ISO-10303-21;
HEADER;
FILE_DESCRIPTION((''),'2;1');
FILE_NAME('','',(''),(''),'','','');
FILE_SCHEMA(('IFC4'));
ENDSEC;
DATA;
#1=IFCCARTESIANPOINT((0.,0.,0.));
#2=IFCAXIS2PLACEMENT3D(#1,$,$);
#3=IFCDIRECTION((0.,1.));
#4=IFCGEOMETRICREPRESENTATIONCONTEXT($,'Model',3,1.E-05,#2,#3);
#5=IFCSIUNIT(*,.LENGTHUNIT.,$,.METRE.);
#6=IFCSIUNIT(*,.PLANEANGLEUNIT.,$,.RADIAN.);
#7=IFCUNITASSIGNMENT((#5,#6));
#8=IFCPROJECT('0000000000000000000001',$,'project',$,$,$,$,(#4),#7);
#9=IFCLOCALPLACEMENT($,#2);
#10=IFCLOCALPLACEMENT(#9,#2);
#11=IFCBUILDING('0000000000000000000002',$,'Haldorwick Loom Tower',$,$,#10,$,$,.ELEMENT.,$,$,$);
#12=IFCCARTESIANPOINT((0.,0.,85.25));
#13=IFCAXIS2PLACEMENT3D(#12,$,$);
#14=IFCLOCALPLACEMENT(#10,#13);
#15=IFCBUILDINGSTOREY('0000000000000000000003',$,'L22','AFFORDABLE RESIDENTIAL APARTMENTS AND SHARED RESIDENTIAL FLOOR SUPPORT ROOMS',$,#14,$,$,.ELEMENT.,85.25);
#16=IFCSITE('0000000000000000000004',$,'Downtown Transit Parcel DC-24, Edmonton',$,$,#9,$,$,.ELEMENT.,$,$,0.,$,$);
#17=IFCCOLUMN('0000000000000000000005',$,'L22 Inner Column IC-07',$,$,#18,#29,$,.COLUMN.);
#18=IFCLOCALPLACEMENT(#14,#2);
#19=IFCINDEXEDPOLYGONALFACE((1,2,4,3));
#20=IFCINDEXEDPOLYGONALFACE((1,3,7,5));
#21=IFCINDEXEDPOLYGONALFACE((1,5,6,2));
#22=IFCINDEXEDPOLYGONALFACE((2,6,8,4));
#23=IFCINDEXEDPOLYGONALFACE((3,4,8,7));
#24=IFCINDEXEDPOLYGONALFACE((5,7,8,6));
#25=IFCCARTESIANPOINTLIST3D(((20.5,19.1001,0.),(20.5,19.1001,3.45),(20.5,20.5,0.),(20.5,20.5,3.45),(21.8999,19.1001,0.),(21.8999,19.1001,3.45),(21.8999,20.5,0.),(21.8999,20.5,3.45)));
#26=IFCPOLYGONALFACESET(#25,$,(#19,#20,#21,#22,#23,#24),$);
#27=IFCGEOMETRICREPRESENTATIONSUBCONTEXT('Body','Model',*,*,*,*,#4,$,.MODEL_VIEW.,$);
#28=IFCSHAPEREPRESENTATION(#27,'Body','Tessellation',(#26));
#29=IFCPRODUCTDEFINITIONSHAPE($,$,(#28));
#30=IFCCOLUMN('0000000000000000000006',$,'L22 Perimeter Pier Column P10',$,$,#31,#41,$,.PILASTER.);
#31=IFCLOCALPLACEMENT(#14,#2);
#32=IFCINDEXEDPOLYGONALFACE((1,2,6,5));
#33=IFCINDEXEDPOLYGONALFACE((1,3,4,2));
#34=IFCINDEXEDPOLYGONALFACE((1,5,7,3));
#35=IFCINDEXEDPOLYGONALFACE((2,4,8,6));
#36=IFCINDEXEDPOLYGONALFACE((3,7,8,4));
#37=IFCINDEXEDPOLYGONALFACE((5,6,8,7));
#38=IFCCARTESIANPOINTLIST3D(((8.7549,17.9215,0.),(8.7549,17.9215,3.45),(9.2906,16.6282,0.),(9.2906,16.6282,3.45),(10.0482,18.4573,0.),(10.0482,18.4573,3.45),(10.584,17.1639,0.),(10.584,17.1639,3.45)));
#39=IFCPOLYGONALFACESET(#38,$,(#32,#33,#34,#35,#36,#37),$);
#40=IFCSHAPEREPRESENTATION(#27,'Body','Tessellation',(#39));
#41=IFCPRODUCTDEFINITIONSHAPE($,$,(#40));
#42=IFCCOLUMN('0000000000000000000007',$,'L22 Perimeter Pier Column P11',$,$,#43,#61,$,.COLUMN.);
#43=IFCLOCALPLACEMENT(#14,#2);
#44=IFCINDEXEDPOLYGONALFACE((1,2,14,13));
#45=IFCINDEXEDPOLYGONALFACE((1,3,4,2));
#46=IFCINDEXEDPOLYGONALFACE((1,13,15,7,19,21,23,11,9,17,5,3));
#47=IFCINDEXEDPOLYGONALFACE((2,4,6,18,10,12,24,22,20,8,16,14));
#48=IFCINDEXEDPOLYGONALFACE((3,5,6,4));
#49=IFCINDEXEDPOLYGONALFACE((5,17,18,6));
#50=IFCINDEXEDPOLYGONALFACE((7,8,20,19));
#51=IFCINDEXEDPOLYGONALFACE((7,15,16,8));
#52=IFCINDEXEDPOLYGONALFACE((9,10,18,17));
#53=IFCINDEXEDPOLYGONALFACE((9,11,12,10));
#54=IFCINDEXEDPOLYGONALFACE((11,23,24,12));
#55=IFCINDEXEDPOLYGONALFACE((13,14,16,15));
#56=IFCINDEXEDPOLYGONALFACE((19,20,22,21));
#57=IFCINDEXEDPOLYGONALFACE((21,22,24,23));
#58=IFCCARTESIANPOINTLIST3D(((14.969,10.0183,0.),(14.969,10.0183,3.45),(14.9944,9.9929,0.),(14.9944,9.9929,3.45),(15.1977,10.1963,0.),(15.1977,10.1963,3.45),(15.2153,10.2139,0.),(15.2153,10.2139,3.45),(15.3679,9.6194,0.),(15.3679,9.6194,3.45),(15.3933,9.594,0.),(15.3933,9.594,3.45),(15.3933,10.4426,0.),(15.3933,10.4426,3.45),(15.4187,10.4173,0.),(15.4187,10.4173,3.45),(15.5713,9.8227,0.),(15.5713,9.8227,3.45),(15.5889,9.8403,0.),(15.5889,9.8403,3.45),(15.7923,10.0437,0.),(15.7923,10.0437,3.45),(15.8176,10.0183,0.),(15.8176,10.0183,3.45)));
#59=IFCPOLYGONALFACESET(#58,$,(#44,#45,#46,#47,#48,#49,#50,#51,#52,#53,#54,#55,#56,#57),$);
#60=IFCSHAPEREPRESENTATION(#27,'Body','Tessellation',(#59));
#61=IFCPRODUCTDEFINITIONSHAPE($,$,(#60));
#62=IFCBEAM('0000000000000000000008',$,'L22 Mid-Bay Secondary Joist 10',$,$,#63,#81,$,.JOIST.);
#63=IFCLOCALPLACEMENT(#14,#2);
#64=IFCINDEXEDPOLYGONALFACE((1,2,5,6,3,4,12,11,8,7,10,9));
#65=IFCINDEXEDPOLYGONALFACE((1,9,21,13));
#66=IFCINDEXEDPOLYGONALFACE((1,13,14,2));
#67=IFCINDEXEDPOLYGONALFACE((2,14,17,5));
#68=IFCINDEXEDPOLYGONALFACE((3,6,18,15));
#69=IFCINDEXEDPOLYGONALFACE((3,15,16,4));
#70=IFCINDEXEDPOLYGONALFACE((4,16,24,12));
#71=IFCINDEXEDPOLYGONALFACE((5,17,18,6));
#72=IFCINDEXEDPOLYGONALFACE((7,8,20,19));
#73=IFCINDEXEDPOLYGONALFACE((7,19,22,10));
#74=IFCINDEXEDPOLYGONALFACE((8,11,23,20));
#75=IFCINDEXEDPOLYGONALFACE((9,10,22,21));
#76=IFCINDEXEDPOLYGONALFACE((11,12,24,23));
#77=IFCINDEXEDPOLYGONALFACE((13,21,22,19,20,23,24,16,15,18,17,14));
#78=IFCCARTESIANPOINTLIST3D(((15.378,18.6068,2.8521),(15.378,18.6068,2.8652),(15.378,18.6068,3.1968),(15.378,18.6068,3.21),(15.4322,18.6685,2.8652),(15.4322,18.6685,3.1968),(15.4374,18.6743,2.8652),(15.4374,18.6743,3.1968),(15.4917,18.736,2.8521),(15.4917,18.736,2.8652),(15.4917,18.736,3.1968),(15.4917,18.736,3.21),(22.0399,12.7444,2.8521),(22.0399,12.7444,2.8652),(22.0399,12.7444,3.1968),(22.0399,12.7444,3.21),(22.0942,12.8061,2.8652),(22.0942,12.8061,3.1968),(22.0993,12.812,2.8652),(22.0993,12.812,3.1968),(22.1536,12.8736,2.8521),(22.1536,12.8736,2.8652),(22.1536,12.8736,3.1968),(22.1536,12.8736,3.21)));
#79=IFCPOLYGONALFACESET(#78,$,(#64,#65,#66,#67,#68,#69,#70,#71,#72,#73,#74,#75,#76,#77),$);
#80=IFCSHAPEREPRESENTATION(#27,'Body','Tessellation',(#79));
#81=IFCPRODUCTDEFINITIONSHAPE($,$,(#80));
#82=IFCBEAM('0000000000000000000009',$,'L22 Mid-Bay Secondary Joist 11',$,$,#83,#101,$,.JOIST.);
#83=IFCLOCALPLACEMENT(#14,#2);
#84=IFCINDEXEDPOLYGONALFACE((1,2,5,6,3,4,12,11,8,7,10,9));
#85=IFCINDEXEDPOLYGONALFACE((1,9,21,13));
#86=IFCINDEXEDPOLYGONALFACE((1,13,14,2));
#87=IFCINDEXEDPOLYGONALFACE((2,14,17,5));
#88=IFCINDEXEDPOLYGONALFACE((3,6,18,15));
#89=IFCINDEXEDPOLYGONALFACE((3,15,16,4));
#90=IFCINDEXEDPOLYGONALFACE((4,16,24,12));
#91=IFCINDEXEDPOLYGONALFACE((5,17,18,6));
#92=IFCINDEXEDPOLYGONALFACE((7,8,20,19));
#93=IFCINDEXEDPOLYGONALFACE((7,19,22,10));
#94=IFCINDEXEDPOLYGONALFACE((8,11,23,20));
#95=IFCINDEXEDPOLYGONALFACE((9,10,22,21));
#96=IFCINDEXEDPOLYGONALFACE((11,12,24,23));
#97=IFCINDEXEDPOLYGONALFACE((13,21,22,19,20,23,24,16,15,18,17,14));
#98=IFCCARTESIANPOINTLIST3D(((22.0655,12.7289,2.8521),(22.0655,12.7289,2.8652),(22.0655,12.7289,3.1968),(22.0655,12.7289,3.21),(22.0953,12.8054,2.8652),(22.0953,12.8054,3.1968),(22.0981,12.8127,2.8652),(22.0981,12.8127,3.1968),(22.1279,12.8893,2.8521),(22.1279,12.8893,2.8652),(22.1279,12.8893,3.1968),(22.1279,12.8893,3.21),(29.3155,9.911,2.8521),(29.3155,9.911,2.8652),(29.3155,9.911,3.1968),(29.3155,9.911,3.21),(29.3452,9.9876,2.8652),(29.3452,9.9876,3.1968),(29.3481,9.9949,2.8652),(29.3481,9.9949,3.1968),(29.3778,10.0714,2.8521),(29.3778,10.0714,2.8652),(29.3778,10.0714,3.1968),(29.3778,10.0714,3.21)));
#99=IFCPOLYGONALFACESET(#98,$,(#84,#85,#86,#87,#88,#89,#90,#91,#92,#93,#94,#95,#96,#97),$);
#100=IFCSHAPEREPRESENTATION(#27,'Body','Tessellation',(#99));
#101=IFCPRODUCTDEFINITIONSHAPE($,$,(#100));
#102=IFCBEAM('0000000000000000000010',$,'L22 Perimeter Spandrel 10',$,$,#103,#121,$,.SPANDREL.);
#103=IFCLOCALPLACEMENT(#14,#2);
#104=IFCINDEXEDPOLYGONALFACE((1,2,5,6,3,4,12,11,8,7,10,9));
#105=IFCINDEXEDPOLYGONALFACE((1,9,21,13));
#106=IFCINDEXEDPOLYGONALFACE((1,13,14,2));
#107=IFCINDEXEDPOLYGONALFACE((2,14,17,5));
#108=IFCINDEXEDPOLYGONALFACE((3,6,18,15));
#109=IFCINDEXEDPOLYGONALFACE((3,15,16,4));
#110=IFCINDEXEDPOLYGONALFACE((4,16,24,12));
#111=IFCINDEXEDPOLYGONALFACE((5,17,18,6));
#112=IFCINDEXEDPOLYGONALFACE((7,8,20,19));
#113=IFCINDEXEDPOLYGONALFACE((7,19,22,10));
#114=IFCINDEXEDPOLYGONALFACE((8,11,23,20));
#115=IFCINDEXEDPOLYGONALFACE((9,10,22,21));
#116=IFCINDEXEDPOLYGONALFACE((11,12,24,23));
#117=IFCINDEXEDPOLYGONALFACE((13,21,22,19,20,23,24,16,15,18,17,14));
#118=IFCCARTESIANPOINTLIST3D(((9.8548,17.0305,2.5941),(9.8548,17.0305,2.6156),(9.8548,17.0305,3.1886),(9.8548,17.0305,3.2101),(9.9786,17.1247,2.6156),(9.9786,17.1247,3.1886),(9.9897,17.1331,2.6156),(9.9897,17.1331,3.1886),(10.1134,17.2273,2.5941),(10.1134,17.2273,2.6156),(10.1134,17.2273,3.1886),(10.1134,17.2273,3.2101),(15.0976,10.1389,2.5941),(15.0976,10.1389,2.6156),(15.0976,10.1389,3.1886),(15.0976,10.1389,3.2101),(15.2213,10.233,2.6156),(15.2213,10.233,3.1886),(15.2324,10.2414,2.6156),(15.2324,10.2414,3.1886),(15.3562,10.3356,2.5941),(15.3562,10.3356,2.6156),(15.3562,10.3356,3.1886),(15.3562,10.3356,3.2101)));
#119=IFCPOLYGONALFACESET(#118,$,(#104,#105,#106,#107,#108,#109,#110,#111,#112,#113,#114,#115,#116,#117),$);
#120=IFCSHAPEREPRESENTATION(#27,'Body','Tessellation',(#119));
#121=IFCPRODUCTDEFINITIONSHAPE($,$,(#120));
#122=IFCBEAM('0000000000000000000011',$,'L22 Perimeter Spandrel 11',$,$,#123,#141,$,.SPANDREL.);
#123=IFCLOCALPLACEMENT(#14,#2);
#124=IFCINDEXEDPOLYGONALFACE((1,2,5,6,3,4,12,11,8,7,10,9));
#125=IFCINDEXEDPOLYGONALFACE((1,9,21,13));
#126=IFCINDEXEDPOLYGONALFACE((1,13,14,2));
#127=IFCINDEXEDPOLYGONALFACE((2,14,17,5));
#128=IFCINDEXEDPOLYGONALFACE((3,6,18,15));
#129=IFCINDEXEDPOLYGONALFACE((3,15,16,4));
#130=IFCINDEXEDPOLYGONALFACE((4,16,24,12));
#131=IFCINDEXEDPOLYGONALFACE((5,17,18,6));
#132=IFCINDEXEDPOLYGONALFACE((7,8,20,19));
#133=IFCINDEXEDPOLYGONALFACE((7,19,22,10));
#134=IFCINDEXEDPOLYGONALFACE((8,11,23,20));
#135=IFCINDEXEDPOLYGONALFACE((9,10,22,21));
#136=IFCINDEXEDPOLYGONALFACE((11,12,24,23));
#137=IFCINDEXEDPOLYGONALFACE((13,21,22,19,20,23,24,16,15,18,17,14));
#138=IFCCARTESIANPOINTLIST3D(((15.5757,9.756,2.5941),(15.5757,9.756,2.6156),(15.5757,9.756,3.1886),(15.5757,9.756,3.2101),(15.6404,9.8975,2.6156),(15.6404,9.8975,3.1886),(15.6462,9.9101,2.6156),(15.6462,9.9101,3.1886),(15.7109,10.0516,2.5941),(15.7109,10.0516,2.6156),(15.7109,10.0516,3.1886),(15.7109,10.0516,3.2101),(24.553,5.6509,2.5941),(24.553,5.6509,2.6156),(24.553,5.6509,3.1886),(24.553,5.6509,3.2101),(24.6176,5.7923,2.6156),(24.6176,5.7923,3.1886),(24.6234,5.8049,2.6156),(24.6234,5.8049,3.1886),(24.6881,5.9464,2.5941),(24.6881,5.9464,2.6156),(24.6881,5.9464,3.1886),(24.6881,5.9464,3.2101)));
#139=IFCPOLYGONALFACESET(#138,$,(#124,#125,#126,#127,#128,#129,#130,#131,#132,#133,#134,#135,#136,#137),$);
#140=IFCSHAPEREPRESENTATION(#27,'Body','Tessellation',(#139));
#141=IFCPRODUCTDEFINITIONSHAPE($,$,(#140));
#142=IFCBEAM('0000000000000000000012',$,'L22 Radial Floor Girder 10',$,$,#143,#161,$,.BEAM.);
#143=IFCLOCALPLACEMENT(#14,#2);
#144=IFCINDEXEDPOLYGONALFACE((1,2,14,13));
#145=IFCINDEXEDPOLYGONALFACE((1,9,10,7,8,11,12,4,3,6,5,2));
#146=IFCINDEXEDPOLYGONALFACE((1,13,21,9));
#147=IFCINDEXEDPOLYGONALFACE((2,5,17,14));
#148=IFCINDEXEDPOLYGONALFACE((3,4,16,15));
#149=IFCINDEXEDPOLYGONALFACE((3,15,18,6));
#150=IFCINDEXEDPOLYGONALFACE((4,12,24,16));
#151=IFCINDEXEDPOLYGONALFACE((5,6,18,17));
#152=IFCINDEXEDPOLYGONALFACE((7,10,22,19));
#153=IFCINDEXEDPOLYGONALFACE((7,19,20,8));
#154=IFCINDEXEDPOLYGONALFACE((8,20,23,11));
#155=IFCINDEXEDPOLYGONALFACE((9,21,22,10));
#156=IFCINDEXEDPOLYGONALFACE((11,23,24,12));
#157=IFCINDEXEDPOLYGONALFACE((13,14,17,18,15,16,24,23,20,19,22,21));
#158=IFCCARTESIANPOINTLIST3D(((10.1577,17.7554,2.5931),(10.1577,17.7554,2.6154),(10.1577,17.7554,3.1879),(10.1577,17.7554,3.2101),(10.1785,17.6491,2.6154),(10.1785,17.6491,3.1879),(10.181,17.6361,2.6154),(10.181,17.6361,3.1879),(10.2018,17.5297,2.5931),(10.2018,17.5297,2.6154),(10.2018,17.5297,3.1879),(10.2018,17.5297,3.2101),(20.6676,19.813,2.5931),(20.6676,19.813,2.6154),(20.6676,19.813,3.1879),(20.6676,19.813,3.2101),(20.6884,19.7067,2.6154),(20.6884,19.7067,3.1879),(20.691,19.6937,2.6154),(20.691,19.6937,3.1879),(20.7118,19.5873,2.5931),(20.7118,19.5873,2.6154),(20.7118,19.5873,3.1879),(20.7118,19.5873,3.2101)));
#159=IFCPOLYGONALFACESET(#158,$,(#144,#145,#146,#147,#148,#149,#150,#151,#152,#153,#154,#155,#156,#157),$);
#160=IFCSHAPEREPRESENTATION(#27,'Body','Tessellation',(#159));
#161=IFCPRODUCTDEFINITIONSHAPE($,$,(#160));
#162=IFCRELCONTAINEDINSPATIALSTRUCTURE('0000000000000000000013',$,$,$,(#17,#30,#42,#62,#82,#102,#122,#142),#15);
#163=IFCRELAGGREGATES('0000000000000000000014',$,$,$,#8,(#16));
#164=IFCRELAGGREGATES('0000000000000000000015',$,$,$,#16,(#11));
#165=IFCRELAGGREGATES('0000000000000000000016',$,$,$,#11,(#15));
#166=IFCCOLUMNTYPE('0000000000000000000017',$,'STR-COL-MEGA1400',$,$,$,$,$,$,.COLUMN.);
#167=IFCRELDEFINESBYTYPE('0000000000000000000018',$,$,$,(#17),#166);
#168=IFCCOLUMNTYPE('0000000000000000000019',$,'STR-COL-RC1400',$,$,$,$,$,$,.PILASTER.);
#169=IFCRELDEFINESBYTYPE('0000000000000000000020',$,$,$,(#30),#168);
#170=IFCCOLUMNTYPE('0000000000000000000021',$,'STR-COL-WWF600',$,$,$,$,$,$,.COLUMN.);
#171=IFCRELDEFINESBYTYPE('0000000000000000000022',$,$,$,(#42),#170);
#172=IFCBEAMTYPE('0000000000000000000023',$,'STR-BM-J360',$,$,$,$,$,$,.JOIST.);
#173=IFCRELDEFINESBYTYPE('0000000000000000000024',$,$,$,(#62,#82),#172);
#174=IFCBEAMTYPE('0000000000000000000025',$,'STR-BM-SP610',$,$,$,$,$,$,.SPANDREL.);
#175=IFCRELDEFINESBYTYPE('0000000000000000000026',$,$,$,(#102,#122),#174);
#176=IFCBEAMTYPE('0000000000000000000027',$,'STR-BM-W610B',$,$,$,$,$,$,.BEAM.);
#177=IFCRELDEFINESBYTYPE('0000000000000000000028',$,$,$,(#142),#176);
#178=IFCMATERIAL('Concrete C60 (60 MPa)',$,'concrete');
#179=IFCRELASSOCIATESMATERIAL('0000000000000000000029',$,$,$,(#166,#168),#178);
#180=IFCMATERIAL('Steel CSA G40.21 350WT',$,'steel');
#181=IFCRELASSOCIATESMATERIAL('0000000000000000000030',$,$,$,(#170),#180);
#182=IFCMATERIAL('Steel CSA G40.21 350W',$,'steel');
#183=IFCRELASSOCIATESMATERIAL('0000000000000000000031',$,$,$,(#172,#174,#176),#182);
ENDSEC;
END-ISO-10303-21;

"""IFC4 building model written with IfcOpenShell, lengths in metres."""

from ifc_helpers import new_model, si_unit, direction, frame, origin, origin_2d, place, context, subcontext, project, spatial, rectangle, i_section, extrude, material, material_profile, profile_set, type_object, element, save


model = new_model("IFC4")

# Units and contexts
model_context = context("Model", 3, precision=1e-05, world=origin(), true_north=direction((0.0, 1.0)))
body_context = subcontext(model_context, "Body", "Model", "MODEL_VIEW")
ifc_project = project(units=[si_unit("LENGTHUNIT", "METRE"), si_unit("PLANEANGLEUNIT", "RADIAN")], contexts=[model_context])

# Site, building, storey
site_placement = place(None, origin())
site = spatial("IfcSite", under=ifc_project, at=site_placement, Name="Downtown Transit Parcel DC-24, Edmonton", CompositionType="ELEMENT", RefElevation=0.0)
building_placement = place(site_placement, origin())
building = spatial("IfcBuilding", under=site, at=building_placement, Name="Haldorwick Loom Tower", CompositionType="ELEMENT")
storey_placement = place(building_placement, frame((0.0, 0.0, 85.25)))
storey = spatial("IfcBuildingStorey", under=building, at=storey_placement, Name="L22", Description="AFFORDABLE RESIDENTIAL APARTMENTS AND SHARED RESIDENTIAL FLOOR SUPPORT ROOMS", CompositionType="ELEMENT", Elevation=85.25)

# Columns
ifc_material_1 = material(Name="Concrete C60 (60 MPa)", Category="concrete")
ifc_material_profile_1 = material_profile(ifc_material_1, rectangle(XDim=1.3999, YDim=1.3999, at=origin_2d()), Name="RC1400X1400", Category="concrete")
ifc_profile_set_1 = profile_set([ifc_material_profile_1], Name="Concrete C60 (60 MPa)")
column_type_1 = type_object("IfcColumnType", Name="STR-COL-MEGA1400", PredefinedType="COLUMN", material=ifc_profile_set_1)
column_1_placement = place(storey_placement, frame((21.2, 19.8, 0.0), z_axis=(0.0, 0.0, 1.0), x_axis=(1.0, 0.0, 0.0)))
element("IfcColumn", 1, at=column_1_placement, inside=storey, type_object=column_type_1, Name="L22 Inner Column IC-07", PredefinedType="COLUMN", context=body_context, shape_type="SweptSolid", body=[
    extrude(rectangle(XDim=1.3999, YDim=1.3999, at=origin_2d()), origin(), (0.0, 0.0, 1.0), 3.45),
])
ifc_material_profile_2 = material_profile(ifc_material_1, rectangle(XDim=1.3999, YDim=1.3999, at=origin_2d()), Name="RC1400X1400", Category="concrete")
ifc_profile_set_2 = profile_set([ifc_material_profile_2], Name="Concrete C60 (60 MPa)")
column_type_2 = type_object("IfcColumnType", Name="STR-COL-RC1400", PredefinedType="PILASTER", material=ifc_profile_set_2)
column_2_placement = place(storey_placement, frame((9.6694, 17.5427, 0.0), z_axis=(0.0, 0.0, 1.0), x_axis=(-0.92388, -0.382683, 0.0)))
element("IfcColumn", 2, at=column_2_placement, inside=storey, type_object=column_type_2, Name="L22 Perimeter Pier Column P10", PredefinedType="PILASTER", context=body_context, shape_type="SweptSolid", body=[
    extrude(rectangle(XDim=1.3999, YDim=1.3999, at=origin_2d()), origin(), (0.0, 0.0, 1.0), 3.45),
])
ifc_material_2 = material(Name="Steel CSA G40.21 350WT", Category="steel")
ifc_material_profile_3 = material_profile(ifc_material_2, i_section(OverallWidth=0.6001, OverallDepth=0.6001, WebThickness=0.0249, FlangeThickness=0.0359, at=origin_2d()), Name="WWF600X600", Category="steel")
ifc_profile_set_3 = profile_set([ifc_material_profile_3], Name="Steel CSA G40.21 350WT")
column_type_3 = type_object("IfcColumnType", Name="STR-COL-WWF600", PredefinedType="COLUMN", material=ifc_profile_set_3)
column_3_placement = place(storey_placement, frame((15.3933, 10.0183, 0.0), z_axis=(0.0, 0.0, 1.0), x_axis=(-0.707107, -0.707107, 0.0)))
element("IfcColumn", 3, at=column_3_placement, inside=storey, type_object=column_type_3, Name="L22 Perimeter Pier Column P11", PredefinedType="COLUMN", context=body_context, shape_type="SweptSolid", body=[
    extrude(i_section(OverallWidth=0.6001, OverallDepth=0.6001, WebThickness=0.0249, FlangeThickness=0.0359, at=origin_2d()), origin(), (0.0, 0.0, 1.0), 3.45),
])

# Beams
ifc_material_3 = material(Name="Steel CSA G40.21 350W", Category="steel")
ifc_material_profile_4 = material_profile(ifc_material_3, i_section(OverallWidth=0.1721, OverallDepth=0.3579, WebThickness=0.0078, FlangeThickness=0.0132, at=origin_2d()), Name="W360X57", Category="steel")
ifc_profile_set_4 = profile_set([ifc_material_profile_4], Name="Steel CSA G40.21 350W")
beam_type_1 = type_object("IfcBeamType", Name="STR-BM-J360", PredefinedType="JOIST", material=ifc_profile_set_4)
beam_1_placement = place(storey_placement, frame((15.4348, 18.6714, 3.031), z_axis=(0.750721, -0.660619, 0.0), x_axis=(0.660619, 0.750721, 0.0)))
element("IfcBeam", 4, at=beam_1_placement, inside=storey, type_object=beam_type_1, Name="L22 Mid-Bay Secondary Joist 10", PredefinedType="JOIST", context=body_context, shape_type="SweptSolid", body=[
    extrude(i_section(OverallWidth=0.1721, OverallDepth=0.3579, WebThickness=0.0078, FlangeThickness=0.0132, at=origin_2d()), origin(), (0.0, 0.0, 1.0), 8.874),
])
beam_2_placement = place(storey_placement, frame((22.0967, 12.8091, 3.031), z_axis=(0.932073, -0.362271, 0.0), x_axis=(0.362271, 0.932073, 0.0)))
element("IfcBeam", 5, at=beam_2_placement, inside=storey, type_object=beam_type_1, Name="L22 Mid-Bay Secondary Joist 11", PredefinedType="JOIST", context=body_context, shape_type="SweptSolid", body=[
    extrude(i_section(OverallWidth=0.1721, OverallDepth=0.3579, WebThickness=0.0078, FlangeThickness=0.0132, at=origin_2d()), origin(), (0.0, 0.0, 1.0), 7.7783),
])
ifc_material_profile_5 = material_profile(ifc_material_3, i_section(OverallWidth=0.325, OverallDepth=0.616, WebThickness=0.0139, FlangeThickness=0.0215, at=origin_2d()), Name="W610X174", Category="steel")
ifc_profile_set_5 = profile_set([ifc_material_profile_5], Name="Steel CSA G40.21 350W")
beam_type_2 = type_object("IfcBeamType", Name="STR-BM-SP610", PredefinedType="SPANDREL", material=ifc_profile_set_5)
beam_3_placement = place(storey_placement, frame((9.9841, 17.1289, 2.9021), z_axis=(0.605454, -0.795881, 0.0), x_axis=(0.795881, 0.605454, 0.0)))
element("IfcBeam", 6, at=beam_3_placement, inside=storey, type_object=beam_type_2, Name="L22 Perimeter Spandrel 10", PredefinedType="SPANDREL", context=body_context, shape_type="SweptSolid", body=[
    extrude(i_section(OverallWidth=0.325, OverallDepth=0.616, WebThickness=0.0139, FlangeThickness=0.0215, at=origin_2d()), origin(), (0.0, 0.0, 1.0), 8.6592),
])
beam_4_placement = place(storey_placement, frame((15.6433, 9.9038, 2.9021), z_axis=(0.909424, -0.41587, 0.0), x_axis=(0.41587, 0.909424, 0.0)))
element("IfcBeam", 7, at=beam_4_placement, inside=storey, type_object=beam_type_2, Name="L22 Perimeter Spandrel 11", PredefinedType="SPANDREL", context=body_context, shape_type="SweptSolid", body=[
    extrude(i_section(OverallWidth=0.325, OverallDepth=0.616, WebThickness=0.0139, FlangeThickness=0.0215, at=origin_2d()), origin(), (0.0, 0.0, 1.0), 9.8713),
])
ifc_material_profile_6 = material_profile(ifc_material_3, i_section(OverallWidth=0.23, OverallDepth=0.6169, WebThickness=0.0132, FlangeThickness=0.0222, at=origin_2d()), Name="W610X140", Category="steel")
ifc_profile_set_6 = profile_set([ifc_material_profile_6], Name="Steel CSA G40.21 350W")
beam_type_3 = type_object("IfcBeamType", Name="STR-BM-W610B", PredefinedType="BEAM", material=ifc_profile_set_6)
beam_5_placement = place(storey_placement, frame((20.6897, 19.7002, 2.9016), z_axis=(-0.98137, -0.192129, 0.0), x_axis=(0.192129, -0.98137, 0.0)))
element("IfcBeam", 8, at=beam_5_placement, inside=storey, type_object=beam_type_3, Name="L22 Radial Floor Girder 10", PredefinedType="BEAM", context=body_context, shape_type="SweptSolid", body=[
    extrude(i_section(OverallWidth=0.23, OverallDepth=0.6169, WebThickness=0.0132, FlangeThickness=0.0222, at=origin_2d()), origin(), (0.0, 0.0, 1.0), 10.7095),
])

save(model, "model.ifc")
